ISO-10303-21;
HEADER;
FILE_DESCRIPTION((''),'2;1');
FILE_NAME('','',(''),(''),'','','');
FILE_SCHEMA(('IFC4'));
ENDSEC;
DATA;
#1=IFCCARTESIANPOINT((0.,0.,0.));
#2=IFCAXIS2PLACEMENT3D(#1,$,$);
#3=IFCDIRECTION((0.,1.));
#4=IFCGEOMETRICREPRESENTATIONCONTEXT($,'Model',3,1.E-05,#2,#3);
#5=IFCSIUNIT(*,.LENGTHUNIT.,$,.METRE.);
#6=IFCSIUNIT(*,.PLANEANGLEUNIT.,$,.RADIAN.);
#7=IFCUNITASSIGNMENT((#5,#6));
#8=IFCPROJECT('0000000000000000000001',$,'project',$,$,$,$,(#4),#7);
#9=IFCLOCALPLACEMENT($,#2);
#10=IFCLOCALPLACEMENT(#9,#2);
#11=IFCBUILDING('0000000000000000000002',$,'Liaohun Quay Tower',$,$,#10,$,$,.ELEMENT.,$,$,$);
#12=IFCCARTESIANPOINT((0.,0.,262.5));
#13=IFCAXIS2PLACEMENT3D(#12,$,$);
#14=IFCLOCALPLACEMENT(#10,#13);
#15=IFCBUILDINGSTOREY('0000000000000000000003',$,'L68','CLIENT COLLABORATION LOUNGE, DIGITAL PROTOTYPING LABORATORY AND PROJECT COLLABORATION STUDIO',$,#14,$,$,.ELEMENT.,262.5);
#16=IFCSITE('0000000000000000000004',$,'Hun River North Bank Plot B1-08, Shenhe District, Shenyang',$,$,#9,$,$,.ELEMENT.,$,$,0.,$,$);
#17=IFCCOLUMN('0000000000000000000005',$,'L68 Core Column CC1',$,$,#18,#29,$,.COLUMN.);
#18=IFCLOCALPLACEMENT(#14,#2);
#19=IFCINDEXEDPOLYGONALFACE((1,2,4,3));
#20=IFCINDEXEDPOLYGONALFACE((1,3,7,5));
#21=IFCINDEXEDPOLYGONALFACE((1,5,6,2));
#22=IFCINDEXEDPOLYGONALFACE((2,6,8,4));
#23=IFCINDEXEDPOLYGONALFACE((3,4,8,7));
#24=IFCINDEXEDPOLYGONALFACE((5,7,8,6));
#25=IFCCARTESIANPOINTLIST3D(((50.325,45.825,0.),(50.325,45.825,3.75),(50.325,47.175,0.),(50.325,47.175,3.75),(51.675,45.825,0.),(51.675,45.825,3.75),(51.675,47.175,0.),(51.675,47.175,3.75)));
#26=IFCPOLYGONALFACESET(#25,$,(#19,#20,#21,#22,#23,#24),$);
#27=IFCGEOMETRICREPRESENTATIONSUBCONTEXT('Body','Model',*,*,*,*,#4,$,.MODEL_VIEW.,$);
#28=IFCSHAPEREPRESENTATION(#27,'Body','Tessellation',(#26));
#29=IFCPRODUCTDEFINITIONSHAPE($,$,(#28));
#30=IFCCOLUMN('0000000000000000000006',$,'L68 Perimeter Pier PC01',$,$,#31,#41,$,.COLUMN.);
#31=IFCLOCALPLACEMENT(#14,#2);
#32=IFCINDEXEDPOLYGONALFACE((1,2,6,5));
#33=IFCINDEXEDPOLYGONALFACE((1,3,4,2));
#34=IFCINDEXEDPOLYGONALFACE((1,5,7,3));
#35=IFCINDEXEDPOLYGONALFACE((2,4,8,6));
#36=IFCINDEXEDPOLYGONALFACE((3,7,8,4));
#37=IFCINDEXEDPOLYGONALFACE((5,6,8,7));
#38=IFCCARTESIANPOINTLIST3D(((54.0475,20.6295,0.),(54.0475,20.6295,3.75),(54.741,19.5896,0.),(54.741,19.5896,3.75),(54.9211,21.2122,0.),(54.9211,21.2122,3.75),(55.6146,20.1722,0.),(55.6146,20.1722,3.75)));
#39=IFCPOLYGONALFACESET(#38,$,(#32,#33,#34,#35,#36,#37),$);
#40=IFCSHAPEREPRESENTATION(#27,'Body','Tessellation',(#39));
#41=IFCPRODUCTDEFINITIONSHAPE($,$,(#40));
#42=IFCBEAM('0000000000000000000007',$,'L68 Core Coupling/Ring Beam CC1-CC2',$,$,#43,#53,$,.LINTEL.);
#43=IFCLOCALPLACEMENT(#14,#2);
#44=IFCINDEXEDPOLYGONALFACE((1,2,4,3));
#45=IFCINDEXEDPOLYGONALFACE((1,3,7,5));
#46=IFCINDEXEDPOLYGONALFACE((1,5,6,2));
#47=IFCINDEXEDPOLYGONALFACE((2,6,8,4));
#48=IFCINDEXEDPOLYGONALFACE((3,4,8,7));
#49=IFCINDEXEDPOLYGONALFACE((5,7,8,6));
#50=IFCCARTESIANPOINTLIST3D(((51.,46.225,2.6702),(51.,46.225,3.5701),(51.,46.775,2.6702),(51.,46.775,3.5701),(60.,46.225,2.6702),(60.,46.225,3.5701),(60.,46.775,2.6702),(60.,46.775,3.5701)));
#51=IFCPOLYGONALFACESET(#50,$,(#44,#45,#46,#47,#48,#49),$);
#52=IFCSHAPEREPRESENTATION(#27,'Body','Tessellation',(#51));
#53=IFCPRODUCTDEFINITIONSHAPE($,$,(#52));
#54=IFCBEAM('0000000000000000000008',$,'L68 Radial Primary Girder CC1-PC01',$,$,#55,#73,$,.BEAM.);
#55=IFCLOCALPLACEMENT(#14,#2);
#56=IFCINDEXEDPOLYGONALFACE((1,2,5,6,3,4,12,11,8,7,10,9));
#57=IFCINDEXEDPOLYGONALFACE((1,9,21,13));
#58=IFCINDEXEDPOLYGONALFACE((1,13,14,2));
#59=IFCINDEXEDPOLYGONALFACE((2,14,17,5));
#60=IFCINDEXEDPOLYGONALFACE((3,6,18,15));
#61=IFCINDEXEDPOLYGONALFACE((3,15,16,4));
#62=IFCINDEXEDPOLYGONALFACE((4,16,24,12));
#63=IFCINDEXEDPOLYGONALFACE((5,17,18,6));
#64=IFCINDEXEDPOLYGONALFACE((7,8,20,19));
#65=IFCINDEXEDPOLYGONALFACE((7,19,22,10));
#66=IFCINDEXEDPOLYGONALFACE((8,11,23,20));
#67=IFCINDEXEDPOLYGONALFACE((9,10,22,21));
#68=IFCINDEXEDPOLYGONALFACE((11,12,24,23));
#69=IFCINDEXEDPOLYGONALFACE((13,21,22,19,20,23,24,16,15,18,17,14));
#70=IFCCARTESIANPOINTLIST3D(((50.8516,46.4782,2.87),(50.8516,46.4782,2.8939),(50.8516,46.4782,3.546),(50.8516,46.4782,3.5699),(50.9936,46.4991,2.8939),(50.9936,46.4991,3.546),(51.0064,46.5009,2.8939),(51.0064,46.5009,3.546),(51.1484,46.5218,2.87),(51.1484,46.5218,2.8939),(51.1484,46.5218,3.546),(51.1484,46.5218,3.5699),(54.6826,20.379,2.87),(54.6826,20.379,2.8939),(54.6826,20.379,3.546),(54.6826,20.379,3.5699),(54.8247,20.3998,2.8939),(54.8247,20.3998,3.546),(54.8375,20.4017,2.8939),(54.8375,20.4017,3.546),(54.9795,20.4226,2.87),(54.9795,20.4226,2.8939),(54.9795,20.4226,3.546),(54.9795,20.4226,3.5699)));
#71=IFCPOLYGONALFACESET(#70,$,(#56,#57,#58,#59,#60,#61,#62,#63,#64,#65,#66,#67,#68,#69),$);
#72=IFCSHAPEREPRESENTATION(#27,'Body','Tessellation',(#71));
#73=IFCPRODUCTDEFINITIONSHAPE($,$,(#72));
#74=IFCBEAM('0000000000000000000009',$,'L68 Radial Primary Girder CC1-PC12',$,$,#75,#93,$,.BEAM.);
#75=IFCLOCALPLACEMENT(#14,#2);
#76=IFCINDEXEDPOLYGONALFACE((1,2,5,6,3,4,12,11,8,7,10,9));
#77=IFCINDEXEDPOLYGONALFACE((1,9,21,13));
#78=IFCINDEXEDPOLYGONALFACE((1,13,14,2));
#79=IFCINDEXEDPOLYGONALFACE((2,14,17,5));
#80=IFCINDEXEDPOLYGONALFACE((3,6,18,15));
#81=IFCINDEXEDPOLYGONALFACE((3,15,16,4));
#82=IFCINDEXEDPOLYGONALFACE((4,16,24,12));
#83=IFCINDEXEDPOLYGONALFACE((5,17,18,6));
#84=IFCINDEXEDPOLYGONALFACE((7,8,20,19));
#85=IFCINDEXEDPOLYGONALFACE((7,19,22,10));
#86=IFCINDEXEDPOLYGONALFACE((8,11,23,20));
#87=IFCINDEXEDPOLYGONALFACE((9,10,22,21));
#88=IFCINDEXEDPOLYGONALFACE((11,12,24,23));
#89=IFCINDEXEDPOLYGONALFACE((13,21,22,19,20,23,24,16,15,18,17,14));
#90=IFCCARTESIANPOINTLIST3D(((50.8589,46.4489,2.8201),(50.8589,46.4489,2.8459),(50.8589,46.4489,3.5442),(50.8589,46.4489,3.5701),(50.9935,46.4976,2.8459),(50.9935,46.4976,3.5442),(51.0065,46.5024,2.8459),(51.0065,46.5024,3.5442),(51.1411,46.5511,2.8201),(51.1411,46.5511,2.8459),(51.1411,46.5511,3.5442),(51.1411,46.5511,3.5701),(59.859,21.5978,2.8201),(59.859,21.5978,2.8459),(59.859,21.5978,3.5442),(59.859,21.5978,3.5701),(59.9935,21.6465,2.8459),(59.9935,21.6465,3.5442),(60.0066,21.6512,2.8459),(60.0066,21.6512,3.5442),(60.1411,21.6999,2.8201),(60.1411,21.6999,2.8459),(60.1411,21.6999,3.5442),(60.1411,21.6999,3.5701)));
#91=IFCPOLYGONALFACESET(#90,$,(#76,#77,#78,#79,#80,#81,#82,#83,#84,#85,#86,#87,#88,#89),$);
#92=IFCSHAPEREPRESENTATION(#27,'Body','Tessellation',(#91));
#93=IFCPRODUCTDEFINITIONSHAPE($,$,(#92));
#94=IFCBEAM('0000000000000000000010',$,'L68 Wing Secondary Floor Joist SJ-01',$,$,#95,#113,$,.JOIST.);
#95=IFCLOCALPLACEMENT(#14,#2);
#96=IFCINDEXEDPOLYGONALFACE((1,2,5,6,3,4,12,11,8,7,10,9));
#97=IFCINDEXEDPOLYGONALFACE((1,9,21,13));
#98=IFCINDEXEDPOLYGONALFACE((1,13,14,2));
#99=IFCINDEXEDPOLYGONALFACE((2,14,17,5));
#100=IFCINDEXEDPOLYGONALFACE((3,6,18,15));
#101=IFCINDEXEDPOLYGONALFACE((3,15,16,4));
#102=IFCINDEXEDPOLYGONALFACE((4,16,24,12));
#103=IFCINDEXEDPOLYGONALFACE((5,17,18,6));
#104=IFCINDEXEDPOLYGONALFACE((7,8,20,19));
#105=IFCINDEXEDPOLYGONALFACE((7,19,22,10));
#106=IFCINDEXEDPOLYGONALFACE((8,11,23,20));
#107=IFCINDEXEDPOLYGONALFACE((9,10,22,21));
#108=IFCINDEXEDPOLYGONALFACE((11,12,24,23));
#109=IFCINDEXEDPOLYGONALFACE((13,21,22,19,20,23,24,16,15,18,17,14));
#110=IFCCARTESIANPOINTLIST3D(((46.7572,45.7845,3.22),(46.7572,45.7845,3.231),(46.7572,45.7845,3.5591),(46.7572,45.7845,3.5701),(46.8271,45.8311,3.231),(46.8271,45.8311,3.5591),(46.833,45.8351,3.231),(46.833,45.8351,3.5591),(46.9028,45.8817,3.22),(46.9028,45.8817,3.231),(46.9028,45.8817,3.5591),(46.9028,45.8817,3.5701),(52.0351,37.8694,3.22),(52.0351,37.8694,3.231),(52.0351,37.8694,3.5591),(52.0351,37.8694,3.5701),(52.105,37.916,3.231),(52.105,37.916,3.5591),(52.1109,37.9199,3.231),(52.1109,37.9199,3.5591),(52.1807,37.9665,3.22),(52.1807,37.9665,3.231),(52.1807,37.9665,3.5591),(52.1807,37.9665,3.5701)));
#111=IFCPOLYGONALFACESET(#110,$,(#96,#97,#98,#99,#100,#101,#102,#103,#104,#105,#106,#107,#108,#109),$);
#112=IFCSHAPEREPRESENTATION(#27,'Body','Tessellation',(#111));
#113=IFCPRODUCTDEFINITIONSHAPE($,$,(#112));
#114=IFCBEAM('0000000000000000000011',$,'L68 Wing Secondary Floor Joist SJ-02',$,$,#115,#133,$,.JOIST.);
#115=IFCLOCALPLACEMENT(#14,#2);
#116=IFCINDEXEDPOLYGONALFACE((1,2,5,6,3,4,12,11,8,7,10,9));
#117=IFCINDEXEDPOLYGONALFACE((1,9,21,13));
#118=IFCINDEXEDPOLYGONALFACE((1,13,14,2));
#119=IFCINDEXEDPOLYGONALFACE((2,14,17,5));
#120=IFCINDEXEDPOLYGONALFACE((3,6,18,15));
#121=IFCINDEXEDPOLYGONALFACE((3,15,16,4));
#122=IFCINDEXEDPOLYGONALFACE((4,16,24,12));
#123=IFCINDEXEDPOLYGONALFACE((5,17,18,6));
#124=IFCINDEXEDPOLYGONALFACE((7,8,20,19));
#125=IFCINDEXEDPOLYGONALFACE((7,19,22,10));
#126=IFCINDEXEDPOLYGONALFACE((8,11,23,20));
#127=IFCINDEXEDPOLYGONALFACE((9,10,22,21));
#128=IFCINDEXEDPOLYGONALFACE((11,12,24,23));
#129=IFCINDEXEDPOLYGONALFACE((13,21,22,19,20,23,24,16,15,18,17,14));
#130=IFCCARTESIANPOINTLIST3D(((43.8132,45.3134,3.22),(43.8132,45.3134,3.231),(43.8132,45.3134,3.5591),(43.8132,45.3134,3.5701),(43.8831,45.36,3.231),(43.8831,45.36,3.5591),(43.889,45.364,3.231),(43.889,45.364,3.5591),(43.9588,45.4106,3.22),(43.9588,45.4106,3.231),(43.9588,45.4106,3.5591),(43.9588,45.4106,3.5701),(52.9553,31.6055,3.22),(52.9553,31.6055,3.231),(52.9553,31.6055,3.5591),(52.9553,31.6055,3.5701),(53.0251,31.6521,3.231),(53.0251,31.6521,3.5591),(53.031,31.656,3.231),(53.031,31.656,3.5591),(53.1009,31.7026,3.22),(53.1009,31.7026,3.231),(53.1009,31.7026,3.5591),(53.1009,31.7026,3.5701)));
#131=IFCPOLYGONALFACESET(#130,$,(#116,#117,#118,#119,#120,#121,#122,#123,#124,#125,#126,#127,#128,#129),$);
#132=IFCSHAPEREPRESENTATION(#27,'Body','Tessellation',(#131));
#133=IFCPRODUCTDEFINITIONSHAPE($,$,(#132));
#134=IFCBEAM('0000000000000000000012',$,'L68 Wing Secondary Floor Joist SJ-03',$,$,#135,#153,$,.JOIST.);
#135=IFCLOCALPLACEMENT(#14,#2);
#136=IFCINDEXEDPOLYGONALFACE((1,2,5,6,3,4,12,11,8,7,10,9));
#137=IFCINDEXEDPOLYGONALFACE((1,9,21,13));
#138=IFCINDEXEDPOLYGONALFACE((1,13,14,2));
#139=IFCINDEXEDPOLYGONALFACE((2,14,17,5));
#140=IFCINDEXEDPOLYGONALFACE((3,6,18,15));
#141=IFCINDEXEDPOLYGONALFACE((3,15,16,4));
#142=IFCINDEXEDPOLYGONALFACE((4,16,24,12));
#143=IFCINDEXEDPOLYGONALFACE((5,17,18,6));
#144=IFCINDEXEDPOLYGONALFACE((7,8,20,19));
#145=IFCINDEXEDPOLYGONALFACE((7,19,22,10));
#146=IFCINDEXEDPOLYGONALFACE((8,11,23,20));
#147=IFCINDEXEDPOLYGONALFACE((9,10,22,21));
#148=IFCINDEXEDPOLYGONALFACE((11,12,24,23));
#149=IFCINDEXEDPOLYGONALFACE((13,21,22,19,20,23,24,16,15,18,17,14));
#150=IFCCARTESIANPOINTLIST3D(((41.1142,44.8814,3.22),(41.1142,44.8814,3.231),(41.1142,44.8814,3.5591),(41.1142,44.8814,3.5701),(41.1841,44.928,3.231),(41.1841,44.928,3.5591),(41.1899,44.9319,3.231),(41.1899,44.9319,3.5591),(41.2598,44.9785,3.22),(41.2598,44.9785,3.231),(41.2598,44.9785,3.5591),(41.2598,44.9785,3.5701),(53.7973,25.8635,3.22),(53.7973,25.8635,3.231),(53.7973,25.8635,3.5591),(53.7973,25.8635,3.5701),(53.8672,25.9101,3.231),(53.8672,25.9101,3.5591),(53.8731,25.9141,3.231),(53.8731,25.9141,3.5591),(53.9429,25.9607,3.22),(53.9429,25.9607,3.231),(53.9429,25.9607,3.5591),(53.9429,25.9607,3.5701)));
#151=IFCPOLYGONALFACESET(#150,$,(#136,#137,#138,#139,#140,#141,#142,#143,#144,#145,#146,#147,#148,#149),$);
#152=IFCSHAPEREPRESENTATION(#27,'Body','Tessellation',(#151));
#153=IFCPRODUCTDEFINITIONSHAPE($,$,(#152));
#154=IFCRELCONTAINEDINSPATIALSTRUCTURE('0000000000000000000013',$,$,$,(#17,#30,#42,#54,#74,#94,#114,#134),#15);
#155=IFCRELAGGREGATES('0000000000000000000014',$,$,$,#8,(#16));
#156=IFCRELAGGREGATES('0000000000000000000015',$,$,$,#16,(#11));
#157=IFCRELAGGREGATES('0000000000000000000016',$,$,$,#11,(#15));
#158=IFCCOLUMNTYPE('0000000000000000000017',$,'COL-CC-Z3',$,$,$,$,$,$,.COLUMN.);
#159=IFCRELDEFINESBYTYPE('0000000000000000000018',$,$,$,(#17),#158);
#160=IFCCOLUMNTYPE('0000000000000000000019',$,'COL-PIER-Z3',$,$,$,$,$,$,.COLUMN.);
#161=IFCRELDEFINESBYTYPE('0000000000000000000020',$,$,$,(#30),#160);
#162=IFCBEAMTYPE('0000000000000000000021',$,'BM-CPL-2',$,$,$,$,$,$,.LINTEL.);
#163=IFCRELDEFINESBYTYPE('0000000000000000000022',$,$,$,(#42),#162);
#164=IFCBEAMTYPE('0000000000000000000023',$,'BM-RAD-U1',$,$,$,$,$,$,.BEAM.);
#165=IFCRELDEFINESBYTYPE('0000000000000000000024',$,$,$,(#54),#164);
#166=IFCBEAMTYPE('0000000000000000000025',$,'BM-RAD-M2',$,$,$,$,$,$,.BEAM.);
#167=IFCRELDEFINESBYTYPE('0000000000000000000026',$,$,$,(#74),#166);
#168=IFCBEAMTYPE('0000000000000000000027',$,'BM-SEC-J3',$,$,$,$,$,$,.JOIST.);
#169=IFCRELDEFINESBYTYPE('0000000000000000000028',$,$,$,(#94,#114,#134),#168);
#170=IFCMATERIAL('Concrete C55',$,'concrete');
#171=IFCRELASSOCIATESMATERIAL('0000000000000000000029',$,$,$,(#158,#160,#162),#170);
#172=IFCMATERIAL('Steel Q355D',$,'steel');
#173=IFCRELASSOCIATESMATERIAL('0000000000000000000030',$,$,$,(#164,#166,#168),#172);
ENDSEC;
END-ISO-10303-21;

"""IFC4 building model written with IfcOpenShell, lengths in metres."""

from ifc_helpers import new_model, si_unit, direction, frame, origin, origin_2d, place, context, subcontext, project, spatial, rectangle, i_section, extrude, source, transform, mapped, material, material_profile, profile_set, type_object, element, save


model = new_model("IFC4")

# Units and contexts
model_context = context("Model", 3, precision=1e-05, world=origin(), true_north=direction((0.0, 1.0)))
body_context = subcontext(model_context, "Body", "Model", "MODEL_VIEW")
ifc_project = project(units=[si_unit("LENGTHUNIT", "METRE"), si_unit("PLANEANGLEUNIT", "RADIAN")], contexts=[model_context])

# Site, building, storey
site_placement = place(None, origin())
site = spatial("IfcSite", under=ifc_project, at=site_placement, Name="Hun River North Bank Plot B1-08, Shenhe District, Shenyang", CompositionType="ELEMENT", RefElevation=0.0)
building_placement = place(site_placement, origin())
building = spatial("IfcBuilding", under=site, at=building_placement, Name="Liaohun Quay Tower", CompositionType="ELEMENT")
storey_placement = place(building_placement, frame((0.0, 0.0, 262.5)))
storey = spatial("IfcBuildingStorey", under=building, at=storey_placement, Name="L68", Description="CLIENT COLLABORATION LOUNGE, DIGITAL PROTOTYPING LABORATORY AND PROJECT COLLABORATION STUDIO", CompositionType="ELEMENT", Elevation=262.5)

# Columns
ifc_material_1 = material(Name="Concrete C55", Category="concrete")
ifc_material_profile_1 = material_profile(ifc_material_1, rectangle(XDim=1.3501, YDim=1.3501, at=origin_2d()), Name="RC1350x1350")
ifc_profile_set_1 = profile_set([ifc_material_profile_1], Name="Concrete C55")
column_type_1 = type_object("IfcColumnType", Name="COL-CC-Z3", PredefinedType="COLUMN", material=ifc_profile_set_1)
shared_shape_1 = source(origin(), body_context, "Body", "SweptSolid", [
    extrude(rectangle(XDim=1.3501, YDim=1.3501, at=origin_2d()), origin(), (0.0, 0.0, 1.0), 3.75),
])
column_1_placement = place(storey_placement, frame((51.0, 46.5, 0.0), z_axis=(0.0, 0.0, 1.0), x_axis=(1.0, 0.0, 0.0)))
element("IfcColumn", 1, at=column_1_placement, inside=storey, type_object=column_type_1, Name="L68 Core Column CC1", PredefinedType="COLUMN", context=body_context, shape_type="MappedRepresentation", body=[
    mapped(shared_shape_1, transform((0.0, 0.0, 0.0), x_axis=(1.0, 0.0, 0.0), y_axis=(0.0, 1.0, 0.0), z_axis=(0.0, 0.0, 1.0), scale=1.0)),
])
ifc_material_profile_2 = material_profile(ifc_material_1, rectangle(XDim=1.25, YDim=1.05, at=origin_2d()), Name="RC1250x1050")
ifc_profile_set_2 = profile_set([ifc_material_profile_2], Name="Concrete C55")
column_type_2 = type_object("IfcColumnType", Name="COL-PIER-Z3", PredefinedType="COLUMN", material=ifc_profile_set_2)
shared_shape_2 = source(origin(), body_context, "Body", "SweptSolid", [
    extrude(rectangle(XDim=1.25, YDim=1.05, at=origin_2d()), origin(), (0.0, 0.0, 1.0), 3.75),
])
column_2_placement = place(storey_placement, frame((54.8311, 20.4009, 0.0), z_axis=(0.0, 0.0, 1.0), x_axis=(-0.554844, 0.831954, 0.0)))
element("IfcColumn", 2, at=column_2_placement, inside=storey, type_object=column_type_2, Name="L68 Perimeter Pier PC01", PredefinedType="COLUMN", context=body_context, shape_type="MappedRepresentation", body=[
    mapped(shared_shape_2, transform((0.0, 0.0, 0.0), x_axis=(1.0, 0.0, 0.0), y_axis=(0.0, 1.0, 0.0), z_axis=(0.0, 0.0, 1.0), scale=1.0)),
])

# Beams
ifc_material_profile_3 = material_profile(ifc_material_1, rectangle(XDim=0.55, YDim=0.8999, at=origin_2d()), Name="RC550x900")
ifc_profile_set_3 = profile_set([ifc_material_profile_3], Name="Concrete C55")
beam_type_1 = type_object("IfcBeamType", Name="BM-CPL-2", PredefinedType="LINTEL", material=ifc_profile_set_3)
shared_shape_3 = source(origin(), body_context, "Body", "SweptSolid", [
    extrude(rectangle(XDim=0.55, YDim=0.8999, at=origin_2d()), origin(), (0.0, 0.0, 1.0), 9.0),
])
beam_1_placement = place(storey_placement, frame((51.0, 46.5, 3.1201), z_axis=(1.0, 0.0, 0.0), x_axis=(0.0, 1.0, 0.0)))
element("IfcBeam", 3, at=beam_1_placement, inside=storey, type_object=beam_type_1, Name="L68 Core Coupling/Ring Beam CC1-CC2", PredefinedType="LINTEL", context=body_context, shape_type="MappedRepresentation", body=[
    mapped(shared_shape_3, transform((0.0, 0.0, 0.0), x_axis=(1.0, 0.0, 0.0), y_axis=(0.0, 1.0, 0.0), z_axis=(0.0, 0.0, 1.0), scale=1.0)),
])
ifc_material_2 = material(Name="Steel Q355D", Category="steel")
ifc_material_profile_4 = material_profile(ifc_material_2, i_section(OverallWidth=0.3, OverallDepth=0.7, WebThickness=0.0129, FlangeThickness=0.0239, at=origin_2d()), Name="HN700x300x13x24")
ifc_profile_set_4 = profile_set([ifc_material_profile_4], Name="Steel Q355D")
beam_type_2 = type_object("IfcBeamType", Name="BM-RAD-U1", PredefinedType="BEAM", material=ifc_profile_set_4)
shared_shape_4 = source(origin(), body_context, "Body", "SweptSolid", [
    extrude(i_section(OverallWidth=0.3, OverallDepth=0.7, WebThickness=0.0129, FlangeThickness=0.0239, at=origin_2d()), origin(), (0.0, 0.0, 1.0), 26.3789),
])
beam_2_placement = place(storey_placement, frame((51.0, 46.5, 3.22), z_axis=(0.145232, -0.989398, 0.0), x_axis=(0.989398, 0.145232, 0.0)))
element("IfcBeam", 4, at=beam_2_placement, inside=storey, type_object=beam_type_2, Name="L68 Radial Primary Girder CC1-PC01", PredefinedType="BEAM", context=body_context, shape_type="MappedRepresentation", body=[
    mapped(shared_shape_4, transform((0.0, 0.0, 0.0), x_axis=(1.0, 0.0, 0.0), y_axis=(0.0, 1.0, 0.0), z_axis=(0.0, 0.0, 1.0), scale=1.0)),
])
ifc_material_profile_5 = material_profile(ifc_material_2, i_section(OverallWidth=0.3, OverallDepth=0.75, WebThickness=0.0139, FlangeThickness=0.0259, at=origin_2d()), Name="HN750x300x14x26")
ifc_profile_set_5 = profile_set([ifc_material_profile_5], Name="Steel Q355D")
beam_type_3 = type_object("IfcBeamType", Name="BM-RAD-M2", PredefinedType="BEAM", material=ifc_profile_set_5)
shared_shape_5 = source(origin(), body_context, "Body", "SweptSolid", [
    extrude(i_section(OverallWidth=0.3, OverallDepth=0.75, WebThickness=0.0139, FlangeThickness=0.0259, at=origin_2d()), origin(), (0.0, 0.0, 1.0), 26.4307),
])
beam_3_placement = place(storey_placement, frame((51.0, 46.5, 3.1951), z_axis=(0.340515, -0.940239, 0.0), x_axis=(0.940239, 0.340515, 0.0)))
element("IfcBeam", 5, at=beam_3_placement, inside=storey, type_object=beam_type_3, Name="L68 Radial Primary Girder CC1-PC12", PredefinedType="BEAM", context=body_context, shape_type="MappedRepresentation", body=[
    mapped(shared_shape_5, transform((0.0, 0.0, 0.0), x_axis=(1.0, 0.0, 0.0), y_axis=(0.0, 1.0, 0.0), z_axis=(0.0, 0.0, 1.0), scale=1.0)),
])
ifc_material_profile_6 = material_profile(ifc_material_2, i_section(OverallWidth=0.175, OverallDepth=0.3501, WebThickness=0.0071, FlangeThickness=0.011, at=origin_2d()), Name="HN350x175x7x11")
ifc_profile_set_6 = profile_set([ifc_material_profile_6], Name="Steel Q355D")
beam_type_4 = type_object("IfcBeamType", Name="BM-SEC-J3", PredefinedType="JOIST", material=ifc_profile_set_6)
shared_shape_6 = source(origin(), body_context, "Body", "SweptSolid", [
    extrude(i_section(OverallWidth=0.175, OverallDepth=0.3501, WebThickness=0.0071, FlangeThickness=0.011, at=origin_2d()), origin(), (0.0, 0.0, 1.0), 9.5134),
])
beam_4_placement = place(storey_placement, frame((52.1079, 37.918, 3.395), z_axis=(-0.554783, 0.831995, 0.0), x_axis=(-0.831995, -0.554783, 0.0)))
element("IfcBeam", 6, at=beam_4_placement, inside=storey, type_object=beam_type_4, Name="L68 Wing Secondary Floor Joist SJ-01", PredefinedType="JOIST", context=body_context, shape_type="MappedRepresentation", body=[
    mapped(shared_shape_6, transform((0.0, 0.0, 0.0), x_axis=(1.0, 0.0, 0.0), y_axis=(0.0, 1.0, 0.0), z_axis=(0.0, 0.0, 1.0), scale=1.0)),
])
shared_shape_7 = source(origin(), body_context, "Body", "SweptSolid", [
    extrude(i_section(OverallWidth=0.175, OverallDepth=0.3501, WebThickness=0.0071, FlangeThickness=0.011, at=origin_2d()), origin(), (0.0, 0.0, 1.0), 16.4768),
])
beam_5_placement = place(storey_placement, frame((53.0281, 31.6541, 3.395), z_axis=(-0.554844, 0.831955, 0.0), x_axis=(-0.831955, -0.554844, 0.0)))
element("IfcBeam", 7, at=beam_5_placement, inside=storey, type_object=beam_type_4, Name="L68 Wing Secondary Floor Joist SJ-02", PredefinedType="JOIST", context=body_context, shape_type="MappedRepresentation", body=[
    mapped(shared_shape_7, transform((0.0, 0.0, 0.0), x_axis=(1.0, 0.0, 0.0), y_axis=(0.0, 1.0, 0.0), z_axis=(0.0, 0.0, 1.0), scale=1.0)),
])
shared_shape_8 = source(origin(), body_context, "Body", "SweptSolid", [
    extrude(i_section(OverallWidth=0.175, OverallDepth=0.3501, WebThickness=0.0071, FlangeThickness=0.011, at=origin_2d()), origin(), (0.0, 0.0, 1.0), 22.8591),
])
beam_6_placement = place(storey_placement, frame((53.8701, 25.9121, 3.395), z_axis=(-0.554838, 0.831958, 0.0), x_axis=(-0.831958, -0.554838, 0.0)))
element("IfcBeam", 8, at=beam_6_placement, inside=storey, type_object=beam_type_4, Name="L68 Wing Secondary Floor Joist SJ-03", PredefinedType="JOIST", context=body_context, shape_type="MappedRepresentation", body=[
    mapped(shared_shape_8, transform((0.0, 0.0, 0.0), x_axis=(1.0, 0.0, 0.0), y_axis=(0.0, 1.0, 0.0), z_axis=(0.0, 0.0, 1.0), scale=1.0)),
])

save(model, "model.ifc")
